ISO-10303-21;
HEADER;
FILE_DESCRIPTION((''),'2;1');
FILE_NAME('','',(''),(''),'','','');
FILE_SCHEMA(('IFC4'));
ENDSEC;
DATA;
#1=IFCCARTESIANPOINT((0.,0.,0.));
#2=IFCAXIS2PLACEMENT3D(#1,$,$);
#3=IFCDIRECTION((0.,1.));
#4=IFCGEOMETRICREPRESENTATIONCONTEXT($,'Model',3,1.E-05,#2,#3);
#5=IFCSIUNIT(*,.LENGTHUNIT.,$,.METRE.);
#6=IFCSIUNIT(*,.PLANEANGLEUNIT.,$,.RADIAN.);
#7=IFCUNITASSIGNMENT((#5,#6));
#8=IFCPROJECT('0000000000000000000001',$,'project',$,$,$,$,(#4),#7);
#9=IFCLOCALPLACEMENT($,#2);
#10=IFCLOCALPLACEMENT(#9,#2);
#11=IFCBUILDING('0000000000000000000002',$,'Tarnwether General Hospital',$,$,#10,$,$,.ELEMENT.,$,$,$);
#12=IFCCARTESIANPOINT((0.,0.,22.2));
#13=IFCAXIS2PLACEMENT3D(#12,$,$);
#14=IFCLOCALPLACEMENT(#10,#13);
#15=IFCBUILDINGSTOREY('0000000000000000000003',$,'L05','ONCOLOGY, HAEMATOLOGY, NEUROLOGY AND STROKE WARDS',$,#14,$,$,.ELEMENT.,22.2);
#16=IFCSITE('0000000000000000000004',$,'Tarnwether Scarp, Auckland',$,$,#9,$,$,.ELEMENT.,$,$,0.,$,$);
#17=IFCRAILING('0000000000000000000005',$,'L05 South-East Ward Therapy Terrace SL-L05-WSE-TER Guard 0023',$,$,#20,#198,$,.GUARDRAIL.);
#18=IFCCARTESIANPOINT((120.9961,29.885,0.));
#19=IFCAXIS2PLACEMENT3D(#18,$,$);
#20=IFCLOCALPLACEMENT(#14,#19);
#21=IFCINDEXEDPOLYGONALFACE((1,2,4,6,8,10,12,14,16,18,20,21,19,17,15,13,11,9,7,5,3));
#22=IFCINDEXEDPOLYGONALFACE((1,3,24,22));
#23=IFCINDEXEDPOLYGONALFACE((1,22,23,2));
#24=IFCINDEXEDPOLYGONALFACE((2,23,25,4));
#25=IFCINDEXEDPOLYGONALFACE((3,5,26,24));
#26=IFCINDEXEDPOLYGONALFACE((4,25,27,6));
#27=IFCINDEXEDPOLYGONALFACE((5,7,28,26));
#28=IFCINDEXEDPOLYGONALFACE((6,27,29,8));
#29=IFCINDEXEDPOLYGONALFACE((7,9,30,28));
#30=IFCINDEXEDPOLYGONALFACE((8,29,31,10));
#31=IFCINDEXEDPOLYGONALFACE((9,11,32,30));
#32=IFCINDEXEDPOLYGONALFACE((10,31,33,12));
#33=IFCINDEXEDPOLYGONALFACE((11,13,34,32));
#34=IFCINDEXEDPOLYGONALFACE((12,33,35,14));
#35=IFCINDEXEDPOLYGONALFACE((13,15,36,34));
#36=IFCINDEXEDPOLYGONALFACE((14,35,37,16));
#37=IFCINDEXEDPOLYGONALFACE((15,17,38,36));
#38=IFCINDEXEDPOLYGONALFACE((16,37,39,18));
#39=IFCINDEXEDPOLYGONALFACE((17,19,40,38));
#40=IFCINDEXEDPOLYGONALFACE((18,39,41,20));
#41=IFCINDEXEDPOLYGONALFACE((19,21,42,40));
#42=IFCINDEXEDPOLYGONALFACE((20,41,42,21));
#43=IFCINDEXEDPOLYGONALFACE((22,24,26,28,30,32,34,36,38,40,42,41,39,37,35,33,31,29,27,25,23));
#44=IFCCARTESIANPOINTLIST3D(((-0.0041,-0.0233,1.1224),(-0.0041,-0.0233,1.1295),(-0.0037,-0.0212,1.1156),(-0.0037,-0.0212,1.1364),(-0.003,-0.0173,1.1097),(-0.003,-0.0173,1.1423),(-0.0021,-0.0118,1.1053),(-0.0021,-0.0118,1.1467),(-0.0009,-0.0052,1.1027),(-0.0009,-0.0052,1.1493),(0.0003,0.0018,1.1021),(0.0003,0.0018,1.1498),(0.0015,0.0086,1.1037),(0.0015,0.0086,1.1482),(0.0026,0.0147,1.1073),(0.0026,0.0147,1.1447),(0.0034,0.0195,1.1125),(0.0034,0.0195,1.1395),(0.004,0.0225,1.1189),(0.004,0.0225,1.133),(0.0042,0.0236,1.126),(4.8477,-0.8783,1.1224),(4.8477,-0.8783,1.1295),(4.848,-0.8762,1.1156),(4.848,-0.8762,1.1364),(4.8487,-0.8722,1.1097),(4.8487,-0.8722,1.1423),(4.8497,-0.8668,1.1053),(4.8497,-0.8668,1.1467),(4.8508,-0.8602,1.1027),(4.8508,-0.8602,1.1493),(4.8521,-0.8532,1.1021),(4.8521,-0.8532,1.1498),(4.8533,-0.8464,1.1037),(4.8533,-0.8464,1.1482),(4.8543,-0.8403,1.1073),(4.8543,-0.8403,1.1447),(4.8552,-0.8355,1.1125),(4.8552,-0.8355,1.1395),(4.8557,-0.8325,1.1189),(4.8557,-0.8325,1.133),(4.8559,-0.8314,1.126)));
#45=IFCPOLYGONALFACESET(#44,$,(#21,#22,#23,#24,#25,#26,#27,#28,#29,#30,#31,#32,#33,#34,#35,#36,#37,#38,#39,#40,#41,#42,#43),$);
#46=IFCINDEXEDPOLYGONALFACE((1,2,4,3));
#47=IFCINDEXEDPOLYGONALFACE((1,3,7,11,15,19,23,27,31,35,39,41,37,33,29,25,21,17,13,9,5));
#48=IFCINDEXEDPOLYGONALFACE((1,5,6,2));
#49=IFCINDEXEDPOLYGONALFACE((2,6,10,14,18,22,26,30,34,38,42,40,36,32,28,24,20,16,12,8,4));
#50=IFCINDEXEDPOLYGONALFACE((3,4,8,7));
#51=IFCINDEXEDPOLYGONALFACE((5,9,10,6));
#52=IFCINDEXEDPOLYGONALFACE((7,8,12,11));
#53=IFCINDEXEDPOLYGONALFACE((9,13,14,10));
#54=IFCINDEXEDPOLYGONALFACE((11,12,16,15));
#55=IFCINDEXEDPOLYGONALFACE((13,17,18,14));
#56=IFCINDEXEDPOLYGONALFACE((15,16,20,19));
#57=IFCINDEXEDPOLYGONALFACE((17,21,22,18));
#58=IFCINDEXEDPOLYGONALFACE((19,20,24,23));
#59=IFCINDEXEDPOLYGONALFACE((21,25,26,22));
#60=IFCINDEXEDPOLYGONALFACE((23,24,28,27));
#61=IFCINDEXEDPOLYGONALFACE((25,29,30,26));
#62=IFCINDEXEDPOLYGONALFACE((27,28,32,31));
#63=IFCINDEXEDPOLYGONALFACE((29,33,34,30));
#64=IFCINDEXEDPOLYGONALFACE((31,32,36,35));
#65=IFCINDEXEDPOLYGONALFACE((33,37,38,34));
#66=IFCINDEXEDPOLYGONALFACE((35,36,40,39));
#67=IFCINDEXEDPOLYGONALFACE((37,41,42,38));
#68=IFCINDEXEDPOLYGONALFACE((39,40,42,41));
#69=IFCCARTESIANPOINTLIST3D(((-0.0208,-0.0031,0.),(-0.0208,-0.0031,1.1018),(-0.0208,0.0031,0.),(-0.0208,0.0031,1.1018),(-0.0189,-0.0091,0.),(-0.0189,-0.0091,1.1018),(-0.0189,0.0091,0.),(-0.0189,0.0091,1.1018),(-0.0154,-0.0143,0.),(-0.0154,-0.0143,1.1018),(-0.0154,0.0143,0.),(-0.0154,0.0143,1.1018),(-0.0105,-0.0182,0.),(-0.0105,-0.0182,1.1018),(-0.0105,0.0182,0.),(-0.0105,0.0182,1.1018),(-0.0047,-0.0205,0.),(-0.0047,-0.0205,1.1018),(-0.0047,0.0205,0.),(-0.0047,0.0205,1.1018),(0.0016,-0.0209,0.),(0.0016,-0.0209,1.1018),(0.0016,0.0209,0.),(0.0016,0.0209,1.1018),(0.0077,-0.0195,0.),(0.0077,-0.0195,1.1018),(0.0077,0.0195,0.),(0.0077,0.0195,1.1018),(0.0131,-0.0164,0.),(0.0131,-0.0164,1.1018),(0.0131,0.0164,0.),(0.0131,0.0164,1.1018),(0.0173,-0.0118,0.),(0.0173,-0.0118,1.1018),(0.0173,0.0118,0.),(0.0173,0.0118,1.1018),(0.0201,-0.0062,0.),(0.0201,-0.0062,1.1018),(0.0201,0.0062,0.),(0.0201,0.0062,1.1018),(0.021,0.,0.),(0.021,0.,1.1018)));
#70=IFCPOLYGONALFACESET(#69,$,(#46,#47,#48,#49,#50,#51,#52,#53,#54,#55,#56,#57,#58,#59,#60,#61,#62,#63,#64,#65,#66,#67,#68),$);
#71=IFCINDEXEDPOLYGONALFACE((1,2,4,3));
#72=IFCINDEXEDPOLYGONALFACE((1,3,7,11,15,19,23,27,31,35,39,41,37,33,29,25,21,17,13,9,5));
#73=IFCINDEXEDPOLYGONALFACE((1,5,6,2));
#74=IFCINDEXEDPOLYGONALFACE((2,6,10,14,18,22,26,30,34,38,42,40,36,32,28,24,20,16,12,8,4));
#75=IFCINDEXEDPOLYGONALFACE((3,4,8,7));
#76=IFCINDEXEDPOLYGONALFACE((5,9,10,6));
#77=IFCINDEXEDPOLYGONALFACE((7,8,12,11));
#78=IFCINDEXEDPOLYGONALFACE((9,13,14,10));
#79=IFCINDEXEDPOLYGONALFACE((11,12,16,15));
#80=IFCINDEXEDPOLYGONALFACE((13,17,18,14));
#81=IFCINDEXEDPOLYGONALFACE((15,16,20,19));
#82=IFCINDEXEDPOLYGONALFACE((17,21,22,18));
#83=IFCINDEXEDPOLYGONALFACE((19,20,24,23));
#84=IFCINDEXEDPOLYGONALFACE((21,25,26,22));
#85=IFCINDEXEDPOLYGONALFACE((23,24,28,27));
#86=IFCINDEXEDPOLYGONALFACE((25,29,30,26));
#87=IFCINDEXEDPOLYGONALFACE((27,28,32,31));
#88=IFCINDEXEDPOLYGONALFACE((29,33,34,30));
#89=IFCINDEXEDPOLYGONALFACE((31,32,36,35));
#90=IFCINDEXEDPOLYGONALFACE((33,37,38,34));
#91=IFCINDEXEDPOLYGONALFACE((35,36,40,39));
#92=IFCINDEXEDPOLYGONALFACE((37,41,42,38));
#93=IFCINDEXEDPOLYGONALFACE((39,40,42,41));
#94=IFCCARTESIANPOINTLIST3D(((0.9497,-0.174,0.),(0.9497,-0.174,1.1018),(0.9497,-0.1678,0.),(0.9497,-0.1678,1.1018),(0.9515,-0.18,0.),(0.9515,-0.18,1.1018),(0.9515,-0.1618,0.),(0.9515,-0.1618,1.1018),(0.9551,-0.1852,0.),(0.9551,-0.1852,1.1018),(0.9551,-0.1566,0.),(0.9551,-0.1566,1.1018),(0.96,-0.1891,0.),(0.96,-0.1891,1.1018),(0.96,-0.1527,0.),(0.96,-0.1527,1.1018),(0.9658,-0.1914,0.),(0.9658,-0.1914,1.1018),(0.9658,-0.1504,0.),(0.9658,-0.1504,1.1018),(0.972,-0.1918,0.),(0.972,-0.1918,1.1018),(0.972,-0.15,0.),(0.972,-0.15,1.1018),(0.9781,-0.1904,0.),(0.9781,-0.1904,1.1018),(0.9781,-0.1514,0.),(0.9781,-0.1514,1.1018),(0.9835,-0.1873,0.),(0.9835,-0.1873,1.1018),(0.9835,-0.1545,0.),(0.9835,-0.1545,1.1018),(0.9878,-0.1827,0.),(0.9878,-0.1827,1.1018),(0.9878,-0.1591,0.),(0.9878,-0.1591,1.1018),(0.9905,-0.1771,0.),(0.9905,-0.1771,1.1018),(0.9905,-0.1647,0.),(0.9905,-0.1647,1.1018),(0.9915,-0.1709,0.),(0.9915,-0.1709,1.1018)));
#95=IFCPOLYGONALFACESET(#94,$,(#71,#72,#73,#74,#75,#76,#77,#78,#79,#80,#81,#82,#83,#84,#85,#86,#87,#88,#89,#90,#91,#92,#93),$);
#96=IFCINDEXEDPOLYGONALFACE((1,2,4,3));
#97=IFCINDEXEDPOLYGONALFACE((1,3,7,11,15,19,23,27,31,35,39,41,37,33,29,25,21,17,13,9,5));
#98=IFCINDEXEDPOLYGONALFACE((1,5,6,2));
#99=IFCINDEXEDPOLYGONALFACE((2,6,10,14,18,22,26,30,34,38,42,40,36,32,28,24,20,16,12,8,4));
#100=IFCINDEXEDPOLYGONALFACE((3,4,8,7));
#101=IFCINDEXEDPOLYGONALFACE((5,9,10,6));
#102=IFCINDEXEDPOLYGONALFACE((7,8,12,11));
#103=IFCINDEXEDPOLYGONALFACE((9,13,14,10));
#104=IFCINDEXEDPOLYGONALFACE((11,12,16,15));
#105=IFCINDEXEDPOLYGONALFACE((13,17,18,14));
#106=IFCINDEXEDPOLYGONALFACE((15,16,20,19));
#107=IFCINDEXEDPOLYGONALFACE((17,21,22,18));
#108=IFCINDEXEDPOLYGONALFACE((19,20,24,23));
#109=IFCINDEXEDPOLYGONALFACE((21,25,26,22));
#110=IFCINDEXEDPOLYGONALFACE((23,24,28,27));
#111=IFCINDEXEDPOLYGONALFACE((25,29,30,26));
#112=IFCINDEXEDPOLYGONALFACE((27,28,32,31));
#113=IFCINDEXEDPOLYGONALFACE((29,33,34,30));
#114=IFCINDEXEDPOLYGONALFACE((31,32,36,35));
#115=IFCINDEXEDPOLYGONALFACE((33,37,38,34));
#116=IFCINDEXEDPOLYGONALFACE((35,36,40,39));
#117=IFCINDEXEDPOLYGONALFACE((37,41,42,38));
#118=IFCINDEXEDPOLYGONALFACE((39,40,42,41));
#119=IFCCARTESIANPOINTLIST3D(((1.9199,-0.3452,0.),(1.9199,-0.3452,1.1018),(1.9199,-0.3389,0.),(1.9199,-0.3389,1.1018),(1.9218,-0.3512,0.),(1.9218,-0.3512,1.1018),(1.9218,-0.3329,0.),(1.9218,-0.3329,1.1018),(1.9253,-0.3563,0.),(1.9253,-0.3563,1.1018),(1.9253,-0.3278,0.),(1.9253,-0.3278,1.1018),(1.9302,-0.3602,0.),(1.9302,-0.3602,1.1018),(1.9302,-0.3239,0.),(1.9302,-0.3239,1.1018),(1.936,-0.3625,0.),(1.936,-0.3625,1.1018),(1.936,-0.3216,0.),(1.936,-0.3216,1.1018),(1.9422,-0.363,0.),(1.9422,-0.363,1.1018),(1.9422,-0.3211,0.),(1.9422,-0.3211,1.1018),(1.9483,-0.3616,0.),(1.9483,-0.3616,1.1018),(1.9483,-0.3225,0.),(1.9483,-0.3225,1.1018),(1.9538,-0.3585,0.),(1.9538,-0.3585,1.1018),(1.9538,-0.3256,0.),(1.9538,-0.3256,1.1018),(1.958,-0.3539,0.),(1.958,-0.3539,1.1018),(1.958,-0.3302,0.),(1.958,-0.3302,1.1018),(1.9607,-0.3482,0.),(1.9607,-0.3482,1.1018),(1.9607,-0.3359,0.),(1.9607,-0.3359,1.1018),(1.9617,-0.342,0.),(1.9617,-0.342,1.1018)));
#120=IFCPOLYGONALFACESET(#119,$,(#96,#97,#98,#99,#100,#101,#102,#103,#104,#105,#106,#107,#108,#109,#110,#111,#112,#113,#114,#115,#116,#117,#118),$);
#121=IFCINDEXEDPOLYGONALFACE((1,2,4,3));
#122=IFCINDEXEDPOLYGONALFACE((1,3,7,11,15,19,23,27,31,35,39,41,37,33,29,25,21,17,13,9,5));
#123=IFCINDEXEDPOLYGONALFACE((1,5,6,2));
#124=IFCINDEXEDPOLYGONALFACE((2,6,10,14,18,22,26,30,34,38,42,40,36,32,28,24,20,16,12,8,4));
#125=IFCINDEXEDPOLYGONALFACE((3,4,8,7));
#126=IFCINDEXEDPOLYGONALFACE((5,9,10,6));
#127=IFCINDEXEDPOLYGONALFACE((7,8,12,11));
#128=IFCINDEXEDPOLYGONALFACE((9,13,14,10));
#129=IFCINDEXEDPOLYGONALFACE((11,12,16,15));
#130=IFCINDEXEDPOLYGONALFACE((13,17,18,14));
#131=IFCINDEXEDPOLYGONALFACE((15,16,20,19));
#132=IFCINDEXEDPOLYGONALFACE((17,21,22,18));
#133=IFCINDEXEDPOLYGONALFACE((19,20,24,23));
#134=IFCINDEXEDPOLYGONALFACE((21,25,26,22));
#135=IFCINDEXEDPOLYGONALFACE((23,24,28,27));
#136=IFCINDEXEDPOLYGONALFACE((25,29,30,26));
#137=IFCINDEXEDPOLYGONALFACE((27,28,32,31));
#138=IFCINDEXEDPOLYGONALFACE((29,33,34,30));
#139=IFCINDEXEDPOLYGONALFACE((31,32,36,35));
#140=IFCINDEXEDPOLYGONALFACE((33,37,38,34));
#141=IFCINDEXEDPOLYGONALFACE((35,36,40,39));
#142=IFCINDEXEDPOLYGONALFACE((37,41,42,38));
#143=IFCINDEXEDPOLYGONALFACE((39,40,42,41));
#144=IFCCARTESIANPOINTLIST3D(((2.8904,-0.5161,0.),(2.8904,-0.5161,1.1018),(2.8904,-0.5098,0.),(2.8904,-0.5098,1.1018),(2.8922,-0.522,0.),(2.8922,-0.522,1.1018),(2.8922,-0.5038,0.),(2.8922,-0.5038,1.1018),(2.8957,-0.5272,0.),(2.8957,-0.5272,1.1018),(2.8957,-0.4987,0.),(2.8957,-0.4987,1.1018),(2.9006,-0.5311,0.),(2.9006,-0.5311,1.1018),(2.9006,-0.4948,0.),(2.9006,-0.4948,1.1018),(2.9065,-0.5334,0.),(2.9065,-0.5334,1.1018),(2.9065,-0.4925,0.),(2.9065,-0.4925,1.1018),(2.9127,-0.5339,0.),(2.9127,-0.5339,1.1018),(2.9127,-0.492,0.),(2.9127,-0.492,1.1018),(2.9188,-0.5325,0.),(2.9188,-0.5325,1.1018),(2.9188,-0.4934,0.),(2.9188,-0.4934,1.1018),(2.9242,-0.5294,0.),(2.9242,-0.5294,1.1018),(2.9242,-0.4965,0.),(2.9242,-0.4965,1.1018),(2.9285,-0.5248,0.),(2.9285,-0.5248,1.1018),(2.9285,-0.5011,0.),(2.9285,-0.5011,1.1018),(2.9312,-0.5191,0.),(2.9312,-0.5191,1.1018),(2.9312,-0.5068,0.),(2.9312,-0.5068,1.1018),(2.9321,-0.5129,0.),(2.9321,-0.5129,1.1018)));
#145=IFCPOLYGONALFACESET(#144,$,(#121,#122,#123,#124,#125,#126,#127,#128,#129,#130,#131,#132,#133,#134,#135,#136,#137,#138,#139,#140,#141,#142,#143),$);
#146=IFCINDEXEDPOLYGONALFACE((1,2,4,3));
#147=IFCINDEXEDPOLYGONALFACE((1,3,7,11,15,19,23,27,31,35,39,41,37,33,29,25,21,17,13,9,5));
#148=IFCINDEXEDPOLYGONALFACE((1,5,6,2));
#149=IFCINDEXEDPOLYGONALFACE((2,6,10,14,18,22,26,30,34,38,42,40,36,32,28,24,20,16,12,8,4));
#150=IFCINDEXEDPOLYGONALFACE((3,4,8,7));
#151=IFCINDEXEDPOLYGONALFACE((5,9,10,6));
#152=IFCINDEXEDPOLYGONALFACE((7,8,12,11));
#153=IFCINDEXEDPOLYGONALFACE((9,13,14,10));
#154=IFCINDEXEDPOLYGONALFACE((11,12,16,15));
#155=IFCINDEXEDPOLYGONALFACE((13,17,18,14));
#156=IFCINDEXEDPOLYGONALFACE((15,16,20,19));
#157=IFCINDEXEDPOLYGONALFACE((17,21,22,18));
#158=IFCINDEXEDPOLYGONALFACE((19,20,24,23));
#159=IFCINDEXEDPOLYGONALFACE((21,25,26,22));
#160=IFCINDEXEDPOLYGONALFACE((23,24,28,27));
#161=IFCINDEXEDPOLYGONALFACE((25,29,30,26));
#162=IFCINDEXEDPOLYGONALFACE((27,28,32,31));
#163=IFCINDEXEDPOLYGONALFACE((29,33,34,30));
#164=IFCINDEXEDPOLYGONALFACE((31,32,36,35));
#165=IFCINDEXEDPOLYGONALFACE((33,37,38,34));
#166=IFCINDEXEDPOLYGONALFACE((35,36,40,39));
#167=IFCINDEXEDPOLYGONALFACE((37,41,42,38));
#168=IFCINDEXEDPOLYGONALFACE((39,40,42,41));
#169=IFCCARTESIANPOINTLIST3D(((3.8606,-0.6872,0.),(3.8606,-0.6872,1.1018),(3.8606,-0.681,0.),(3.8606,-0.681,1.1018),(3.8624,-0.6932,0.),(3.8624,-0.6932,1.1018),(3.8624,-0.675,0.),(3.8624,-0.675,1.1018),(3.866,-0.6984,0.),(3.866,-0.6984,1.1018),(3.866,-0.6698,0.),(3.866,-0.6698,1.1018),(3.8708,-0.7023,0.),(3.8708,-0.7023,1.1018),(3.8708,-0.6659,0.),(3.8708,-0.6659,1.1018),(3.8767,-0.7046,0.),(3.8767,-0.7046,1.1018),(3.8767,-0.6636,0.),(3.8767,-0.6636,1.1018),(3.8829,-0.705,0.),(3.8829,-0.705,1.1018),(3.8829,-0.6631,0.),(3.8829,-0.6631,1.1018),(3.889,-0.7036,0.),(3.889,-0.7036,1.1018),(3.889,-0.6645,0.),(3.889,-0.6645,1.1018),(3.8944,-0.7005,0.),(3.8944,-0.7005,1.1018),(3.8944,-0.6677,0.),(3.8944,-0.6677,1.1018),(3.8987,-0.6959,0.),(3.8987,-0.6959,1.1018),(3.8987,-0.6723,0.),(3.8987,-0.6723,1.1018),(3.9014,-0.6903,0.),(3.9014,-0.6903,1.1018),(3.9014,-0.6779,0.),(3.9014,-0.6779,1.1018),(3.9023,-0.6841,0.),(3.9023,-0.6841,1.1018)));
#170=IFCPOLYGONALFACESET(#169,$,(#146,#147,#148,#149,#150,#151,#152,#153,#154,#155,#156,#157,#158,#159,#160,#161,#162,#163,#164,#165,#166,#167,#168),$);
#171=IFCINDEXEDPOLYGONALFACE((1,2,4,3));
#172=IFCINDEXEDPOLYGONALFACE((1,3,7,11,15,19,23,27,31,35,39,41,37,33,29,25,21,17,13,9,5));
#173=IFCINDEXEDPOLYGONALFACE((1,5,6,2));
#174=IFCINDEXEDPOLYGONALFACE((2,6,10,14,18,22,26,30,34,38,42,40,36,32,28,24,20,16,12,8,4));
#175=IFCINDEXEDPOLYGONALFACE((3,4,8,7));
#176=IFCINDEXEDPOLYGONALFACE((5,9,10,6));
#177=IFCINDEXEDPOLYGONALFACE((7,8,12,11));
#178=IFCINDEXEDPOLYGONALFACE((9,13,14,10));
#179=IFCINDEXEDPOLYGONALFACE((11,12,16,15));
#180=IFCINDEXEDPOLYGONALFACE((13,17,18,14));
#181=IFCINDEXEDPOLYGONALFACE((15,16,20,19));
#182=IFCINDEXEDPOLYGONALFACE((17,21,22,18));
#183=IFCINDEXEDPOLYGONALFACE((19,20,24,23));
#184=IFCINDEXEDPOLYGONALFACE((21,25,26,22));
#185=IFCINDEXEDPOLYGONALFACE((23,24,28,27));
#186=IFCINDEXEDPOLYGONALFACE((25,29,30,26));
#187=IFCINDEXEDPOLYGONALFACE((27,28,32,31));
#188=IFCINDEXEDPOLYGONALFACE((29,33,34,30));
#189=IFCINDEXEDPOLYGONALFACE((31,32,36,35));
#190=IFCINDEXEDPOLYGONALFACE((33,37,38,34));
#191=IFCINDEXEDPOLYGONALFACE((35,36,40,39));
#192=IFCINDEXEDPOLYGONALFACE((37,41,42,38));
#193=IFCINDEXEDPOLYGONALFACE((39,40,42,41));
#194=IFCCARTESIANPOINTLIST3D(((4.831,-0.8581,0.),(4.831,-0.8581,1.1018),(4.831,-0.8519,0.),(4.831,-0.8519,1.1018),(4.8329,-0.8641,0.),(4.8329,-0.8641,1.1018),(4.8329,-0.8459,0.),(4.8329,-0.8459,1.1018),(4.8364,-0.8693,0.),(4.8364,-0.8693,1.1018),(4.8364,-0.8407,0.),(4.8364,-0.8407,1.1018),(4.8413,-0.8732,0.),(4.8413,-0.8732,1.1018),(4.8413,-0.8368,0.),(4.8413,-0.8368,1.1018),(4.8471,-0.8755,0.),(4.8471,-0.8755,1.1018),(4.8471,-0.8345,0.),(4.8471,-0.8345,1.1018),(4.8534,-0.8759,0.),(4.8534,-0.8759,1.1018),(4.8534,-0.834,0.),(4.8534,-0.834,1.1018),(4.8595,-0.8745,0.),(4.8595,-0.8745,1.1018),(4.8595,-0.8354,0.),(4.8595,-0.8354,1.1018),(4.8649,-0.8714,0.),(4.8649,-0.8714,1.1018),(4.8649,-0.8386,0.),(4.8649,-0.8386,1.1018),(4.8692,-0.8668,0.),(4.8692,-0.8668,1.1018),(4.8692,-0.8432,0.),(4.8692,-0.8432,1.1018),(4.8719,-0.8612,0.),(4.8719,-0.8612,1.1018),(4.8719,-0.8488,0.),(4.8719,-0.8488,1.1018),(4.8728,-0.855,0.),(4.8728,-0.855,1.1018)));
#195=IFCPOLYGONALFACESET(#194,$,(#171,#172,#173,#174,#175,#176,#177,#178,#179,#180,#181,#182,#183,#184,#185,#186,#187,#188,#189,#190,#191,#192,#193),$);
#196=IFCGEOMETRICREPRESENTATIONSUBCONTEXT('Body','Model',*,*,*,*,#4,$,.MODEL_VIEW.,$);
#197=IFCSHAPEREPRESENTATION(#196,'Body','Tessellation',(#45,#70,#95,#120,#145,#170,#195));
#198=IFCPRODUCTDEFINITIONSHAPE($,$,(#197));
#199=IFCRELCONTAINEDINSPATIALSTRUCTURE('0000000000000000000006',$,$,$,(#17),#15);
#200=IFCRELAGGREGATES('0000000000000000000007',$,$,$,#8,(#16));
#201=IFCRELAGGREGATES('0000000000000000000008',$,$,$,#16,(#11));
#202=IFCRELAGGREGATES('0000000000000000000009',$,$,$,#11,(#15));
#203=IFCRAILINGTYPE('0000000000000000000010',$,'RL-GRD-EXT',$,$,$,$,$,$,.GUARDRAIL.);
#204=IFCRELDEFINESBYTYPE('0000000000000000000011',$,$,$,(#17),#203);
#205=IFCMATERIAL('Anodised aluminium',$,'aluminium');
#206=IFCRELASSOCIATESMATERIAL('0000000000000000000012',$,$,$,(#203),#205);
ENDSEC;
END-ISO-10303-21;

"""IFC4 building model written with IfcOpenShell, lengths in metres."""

from ifc_helpers import new_model, si_unit, direction, frame, origin, origin_2d, place, context, subcontext, project, spatial, circle, extrude, material, type_object, element, save


model = new_model("IFC4")

# Units and contexts
model_context = context("Model", 3, precision=1e-05, world=origin(), true_north=direction((0.0, 1.0)))
body_context = subcontext(model_context, "Body", "Model", "MODEL_VIEW")
ifc_project = project(units=[si_unit("LENGTHUNIT", "METRE"), si_unit("PLANEANGLEUNIT", "RADIAN")], contexts=[model_context])

# Site, building, storey
site_placement = place(None, origin())
site = spatial("IfcSite", under=ifc_project, at=site_placement, Name="Tarnwether Scarp, Auckland", CompositionType="ELEMENT", RefElevation=0.0)
building_placement = place(site_placement, origin())
building = spatial("IfcBuilding", under=site, at=building_placement, Name="Tarnwether General Hospital", CompositionType="ELEMENT")
storey_placement = place(building_placement, frame((0.0, 0.0, 22.2)))
storey = spatial("IfcBuildingStorey", under=building, at=storey_placement, Name="L05", Description="ONCOLOGY, HAEMATOLOGY, NEUROLOGY AND STROKE WARDS", CompositionType="ELEMENT", Elevation=22.2)

# Railing
ifc_material_1 = material(Name="Anodised aluminium", Category="aluminium")
railing_type = type_object("IfcRailingType", Name="RL-GRD-EXT", PredefinedType="GUARDRAIL", material=ifc_material_1)
railing_1_placement = place(storey_placement, frame((120.9961, 29.885, 0.0)))
element("IfcRailing", 1, at=railing_1_placement, inside=storey, type_object=railing_type, Name="L05 South-East Ward Therapy Terrace SL-L05-WSE-TER Guard 0023", PredefinedType="GUARDRAIL", context=body_context, shape_type="SweptSolid", body=[
    extrude(circle(Radius=0.0239, at=origin_2d()), frame((0.0, 0.0, 1.126), z_axis=(0.984826, -0.173545, 0.0), x_axis=(0.173545, 0.984826, 0.0)), (0.0, 0.0, 1.0), 4.9265),
    extrude(circle(Radius=0.021, at=origin_2d()), origin(), (0.0, 0.0, 1.0), 1.1018),
    extrude(circle(Radius=0.021, at=origin_2d()), frame((0.9705, -0.1709, 0.0)), (0.0, 0.0, 1.0), 1.1018),
    extrude(circle(Radius=0.021, at=origin_2d()), frame((1.9407, -0.342, 0.0)), (0.0, 0.0, 1.0), 1.1018),
    extrude(circle(Radius=0.021, at=origin_2d()), frame((2.9111, -0.5129, 0.0)), (0.0, 0.0, 1.0), 1.1018),
    extrude(circle(Radius=0.021, at=origin_2d()), frame((3.8813, -0.6841, 0.0)), (0.0, 0.0, 1.0), 1.1018),
    extrude(circle(Radius=0.021, at=origin_2d()), frame((4.8518, -0.855, 0.0)), (0.0, 0.0, 1.0), 1.1018),
])

save(model, "model.ifc")
